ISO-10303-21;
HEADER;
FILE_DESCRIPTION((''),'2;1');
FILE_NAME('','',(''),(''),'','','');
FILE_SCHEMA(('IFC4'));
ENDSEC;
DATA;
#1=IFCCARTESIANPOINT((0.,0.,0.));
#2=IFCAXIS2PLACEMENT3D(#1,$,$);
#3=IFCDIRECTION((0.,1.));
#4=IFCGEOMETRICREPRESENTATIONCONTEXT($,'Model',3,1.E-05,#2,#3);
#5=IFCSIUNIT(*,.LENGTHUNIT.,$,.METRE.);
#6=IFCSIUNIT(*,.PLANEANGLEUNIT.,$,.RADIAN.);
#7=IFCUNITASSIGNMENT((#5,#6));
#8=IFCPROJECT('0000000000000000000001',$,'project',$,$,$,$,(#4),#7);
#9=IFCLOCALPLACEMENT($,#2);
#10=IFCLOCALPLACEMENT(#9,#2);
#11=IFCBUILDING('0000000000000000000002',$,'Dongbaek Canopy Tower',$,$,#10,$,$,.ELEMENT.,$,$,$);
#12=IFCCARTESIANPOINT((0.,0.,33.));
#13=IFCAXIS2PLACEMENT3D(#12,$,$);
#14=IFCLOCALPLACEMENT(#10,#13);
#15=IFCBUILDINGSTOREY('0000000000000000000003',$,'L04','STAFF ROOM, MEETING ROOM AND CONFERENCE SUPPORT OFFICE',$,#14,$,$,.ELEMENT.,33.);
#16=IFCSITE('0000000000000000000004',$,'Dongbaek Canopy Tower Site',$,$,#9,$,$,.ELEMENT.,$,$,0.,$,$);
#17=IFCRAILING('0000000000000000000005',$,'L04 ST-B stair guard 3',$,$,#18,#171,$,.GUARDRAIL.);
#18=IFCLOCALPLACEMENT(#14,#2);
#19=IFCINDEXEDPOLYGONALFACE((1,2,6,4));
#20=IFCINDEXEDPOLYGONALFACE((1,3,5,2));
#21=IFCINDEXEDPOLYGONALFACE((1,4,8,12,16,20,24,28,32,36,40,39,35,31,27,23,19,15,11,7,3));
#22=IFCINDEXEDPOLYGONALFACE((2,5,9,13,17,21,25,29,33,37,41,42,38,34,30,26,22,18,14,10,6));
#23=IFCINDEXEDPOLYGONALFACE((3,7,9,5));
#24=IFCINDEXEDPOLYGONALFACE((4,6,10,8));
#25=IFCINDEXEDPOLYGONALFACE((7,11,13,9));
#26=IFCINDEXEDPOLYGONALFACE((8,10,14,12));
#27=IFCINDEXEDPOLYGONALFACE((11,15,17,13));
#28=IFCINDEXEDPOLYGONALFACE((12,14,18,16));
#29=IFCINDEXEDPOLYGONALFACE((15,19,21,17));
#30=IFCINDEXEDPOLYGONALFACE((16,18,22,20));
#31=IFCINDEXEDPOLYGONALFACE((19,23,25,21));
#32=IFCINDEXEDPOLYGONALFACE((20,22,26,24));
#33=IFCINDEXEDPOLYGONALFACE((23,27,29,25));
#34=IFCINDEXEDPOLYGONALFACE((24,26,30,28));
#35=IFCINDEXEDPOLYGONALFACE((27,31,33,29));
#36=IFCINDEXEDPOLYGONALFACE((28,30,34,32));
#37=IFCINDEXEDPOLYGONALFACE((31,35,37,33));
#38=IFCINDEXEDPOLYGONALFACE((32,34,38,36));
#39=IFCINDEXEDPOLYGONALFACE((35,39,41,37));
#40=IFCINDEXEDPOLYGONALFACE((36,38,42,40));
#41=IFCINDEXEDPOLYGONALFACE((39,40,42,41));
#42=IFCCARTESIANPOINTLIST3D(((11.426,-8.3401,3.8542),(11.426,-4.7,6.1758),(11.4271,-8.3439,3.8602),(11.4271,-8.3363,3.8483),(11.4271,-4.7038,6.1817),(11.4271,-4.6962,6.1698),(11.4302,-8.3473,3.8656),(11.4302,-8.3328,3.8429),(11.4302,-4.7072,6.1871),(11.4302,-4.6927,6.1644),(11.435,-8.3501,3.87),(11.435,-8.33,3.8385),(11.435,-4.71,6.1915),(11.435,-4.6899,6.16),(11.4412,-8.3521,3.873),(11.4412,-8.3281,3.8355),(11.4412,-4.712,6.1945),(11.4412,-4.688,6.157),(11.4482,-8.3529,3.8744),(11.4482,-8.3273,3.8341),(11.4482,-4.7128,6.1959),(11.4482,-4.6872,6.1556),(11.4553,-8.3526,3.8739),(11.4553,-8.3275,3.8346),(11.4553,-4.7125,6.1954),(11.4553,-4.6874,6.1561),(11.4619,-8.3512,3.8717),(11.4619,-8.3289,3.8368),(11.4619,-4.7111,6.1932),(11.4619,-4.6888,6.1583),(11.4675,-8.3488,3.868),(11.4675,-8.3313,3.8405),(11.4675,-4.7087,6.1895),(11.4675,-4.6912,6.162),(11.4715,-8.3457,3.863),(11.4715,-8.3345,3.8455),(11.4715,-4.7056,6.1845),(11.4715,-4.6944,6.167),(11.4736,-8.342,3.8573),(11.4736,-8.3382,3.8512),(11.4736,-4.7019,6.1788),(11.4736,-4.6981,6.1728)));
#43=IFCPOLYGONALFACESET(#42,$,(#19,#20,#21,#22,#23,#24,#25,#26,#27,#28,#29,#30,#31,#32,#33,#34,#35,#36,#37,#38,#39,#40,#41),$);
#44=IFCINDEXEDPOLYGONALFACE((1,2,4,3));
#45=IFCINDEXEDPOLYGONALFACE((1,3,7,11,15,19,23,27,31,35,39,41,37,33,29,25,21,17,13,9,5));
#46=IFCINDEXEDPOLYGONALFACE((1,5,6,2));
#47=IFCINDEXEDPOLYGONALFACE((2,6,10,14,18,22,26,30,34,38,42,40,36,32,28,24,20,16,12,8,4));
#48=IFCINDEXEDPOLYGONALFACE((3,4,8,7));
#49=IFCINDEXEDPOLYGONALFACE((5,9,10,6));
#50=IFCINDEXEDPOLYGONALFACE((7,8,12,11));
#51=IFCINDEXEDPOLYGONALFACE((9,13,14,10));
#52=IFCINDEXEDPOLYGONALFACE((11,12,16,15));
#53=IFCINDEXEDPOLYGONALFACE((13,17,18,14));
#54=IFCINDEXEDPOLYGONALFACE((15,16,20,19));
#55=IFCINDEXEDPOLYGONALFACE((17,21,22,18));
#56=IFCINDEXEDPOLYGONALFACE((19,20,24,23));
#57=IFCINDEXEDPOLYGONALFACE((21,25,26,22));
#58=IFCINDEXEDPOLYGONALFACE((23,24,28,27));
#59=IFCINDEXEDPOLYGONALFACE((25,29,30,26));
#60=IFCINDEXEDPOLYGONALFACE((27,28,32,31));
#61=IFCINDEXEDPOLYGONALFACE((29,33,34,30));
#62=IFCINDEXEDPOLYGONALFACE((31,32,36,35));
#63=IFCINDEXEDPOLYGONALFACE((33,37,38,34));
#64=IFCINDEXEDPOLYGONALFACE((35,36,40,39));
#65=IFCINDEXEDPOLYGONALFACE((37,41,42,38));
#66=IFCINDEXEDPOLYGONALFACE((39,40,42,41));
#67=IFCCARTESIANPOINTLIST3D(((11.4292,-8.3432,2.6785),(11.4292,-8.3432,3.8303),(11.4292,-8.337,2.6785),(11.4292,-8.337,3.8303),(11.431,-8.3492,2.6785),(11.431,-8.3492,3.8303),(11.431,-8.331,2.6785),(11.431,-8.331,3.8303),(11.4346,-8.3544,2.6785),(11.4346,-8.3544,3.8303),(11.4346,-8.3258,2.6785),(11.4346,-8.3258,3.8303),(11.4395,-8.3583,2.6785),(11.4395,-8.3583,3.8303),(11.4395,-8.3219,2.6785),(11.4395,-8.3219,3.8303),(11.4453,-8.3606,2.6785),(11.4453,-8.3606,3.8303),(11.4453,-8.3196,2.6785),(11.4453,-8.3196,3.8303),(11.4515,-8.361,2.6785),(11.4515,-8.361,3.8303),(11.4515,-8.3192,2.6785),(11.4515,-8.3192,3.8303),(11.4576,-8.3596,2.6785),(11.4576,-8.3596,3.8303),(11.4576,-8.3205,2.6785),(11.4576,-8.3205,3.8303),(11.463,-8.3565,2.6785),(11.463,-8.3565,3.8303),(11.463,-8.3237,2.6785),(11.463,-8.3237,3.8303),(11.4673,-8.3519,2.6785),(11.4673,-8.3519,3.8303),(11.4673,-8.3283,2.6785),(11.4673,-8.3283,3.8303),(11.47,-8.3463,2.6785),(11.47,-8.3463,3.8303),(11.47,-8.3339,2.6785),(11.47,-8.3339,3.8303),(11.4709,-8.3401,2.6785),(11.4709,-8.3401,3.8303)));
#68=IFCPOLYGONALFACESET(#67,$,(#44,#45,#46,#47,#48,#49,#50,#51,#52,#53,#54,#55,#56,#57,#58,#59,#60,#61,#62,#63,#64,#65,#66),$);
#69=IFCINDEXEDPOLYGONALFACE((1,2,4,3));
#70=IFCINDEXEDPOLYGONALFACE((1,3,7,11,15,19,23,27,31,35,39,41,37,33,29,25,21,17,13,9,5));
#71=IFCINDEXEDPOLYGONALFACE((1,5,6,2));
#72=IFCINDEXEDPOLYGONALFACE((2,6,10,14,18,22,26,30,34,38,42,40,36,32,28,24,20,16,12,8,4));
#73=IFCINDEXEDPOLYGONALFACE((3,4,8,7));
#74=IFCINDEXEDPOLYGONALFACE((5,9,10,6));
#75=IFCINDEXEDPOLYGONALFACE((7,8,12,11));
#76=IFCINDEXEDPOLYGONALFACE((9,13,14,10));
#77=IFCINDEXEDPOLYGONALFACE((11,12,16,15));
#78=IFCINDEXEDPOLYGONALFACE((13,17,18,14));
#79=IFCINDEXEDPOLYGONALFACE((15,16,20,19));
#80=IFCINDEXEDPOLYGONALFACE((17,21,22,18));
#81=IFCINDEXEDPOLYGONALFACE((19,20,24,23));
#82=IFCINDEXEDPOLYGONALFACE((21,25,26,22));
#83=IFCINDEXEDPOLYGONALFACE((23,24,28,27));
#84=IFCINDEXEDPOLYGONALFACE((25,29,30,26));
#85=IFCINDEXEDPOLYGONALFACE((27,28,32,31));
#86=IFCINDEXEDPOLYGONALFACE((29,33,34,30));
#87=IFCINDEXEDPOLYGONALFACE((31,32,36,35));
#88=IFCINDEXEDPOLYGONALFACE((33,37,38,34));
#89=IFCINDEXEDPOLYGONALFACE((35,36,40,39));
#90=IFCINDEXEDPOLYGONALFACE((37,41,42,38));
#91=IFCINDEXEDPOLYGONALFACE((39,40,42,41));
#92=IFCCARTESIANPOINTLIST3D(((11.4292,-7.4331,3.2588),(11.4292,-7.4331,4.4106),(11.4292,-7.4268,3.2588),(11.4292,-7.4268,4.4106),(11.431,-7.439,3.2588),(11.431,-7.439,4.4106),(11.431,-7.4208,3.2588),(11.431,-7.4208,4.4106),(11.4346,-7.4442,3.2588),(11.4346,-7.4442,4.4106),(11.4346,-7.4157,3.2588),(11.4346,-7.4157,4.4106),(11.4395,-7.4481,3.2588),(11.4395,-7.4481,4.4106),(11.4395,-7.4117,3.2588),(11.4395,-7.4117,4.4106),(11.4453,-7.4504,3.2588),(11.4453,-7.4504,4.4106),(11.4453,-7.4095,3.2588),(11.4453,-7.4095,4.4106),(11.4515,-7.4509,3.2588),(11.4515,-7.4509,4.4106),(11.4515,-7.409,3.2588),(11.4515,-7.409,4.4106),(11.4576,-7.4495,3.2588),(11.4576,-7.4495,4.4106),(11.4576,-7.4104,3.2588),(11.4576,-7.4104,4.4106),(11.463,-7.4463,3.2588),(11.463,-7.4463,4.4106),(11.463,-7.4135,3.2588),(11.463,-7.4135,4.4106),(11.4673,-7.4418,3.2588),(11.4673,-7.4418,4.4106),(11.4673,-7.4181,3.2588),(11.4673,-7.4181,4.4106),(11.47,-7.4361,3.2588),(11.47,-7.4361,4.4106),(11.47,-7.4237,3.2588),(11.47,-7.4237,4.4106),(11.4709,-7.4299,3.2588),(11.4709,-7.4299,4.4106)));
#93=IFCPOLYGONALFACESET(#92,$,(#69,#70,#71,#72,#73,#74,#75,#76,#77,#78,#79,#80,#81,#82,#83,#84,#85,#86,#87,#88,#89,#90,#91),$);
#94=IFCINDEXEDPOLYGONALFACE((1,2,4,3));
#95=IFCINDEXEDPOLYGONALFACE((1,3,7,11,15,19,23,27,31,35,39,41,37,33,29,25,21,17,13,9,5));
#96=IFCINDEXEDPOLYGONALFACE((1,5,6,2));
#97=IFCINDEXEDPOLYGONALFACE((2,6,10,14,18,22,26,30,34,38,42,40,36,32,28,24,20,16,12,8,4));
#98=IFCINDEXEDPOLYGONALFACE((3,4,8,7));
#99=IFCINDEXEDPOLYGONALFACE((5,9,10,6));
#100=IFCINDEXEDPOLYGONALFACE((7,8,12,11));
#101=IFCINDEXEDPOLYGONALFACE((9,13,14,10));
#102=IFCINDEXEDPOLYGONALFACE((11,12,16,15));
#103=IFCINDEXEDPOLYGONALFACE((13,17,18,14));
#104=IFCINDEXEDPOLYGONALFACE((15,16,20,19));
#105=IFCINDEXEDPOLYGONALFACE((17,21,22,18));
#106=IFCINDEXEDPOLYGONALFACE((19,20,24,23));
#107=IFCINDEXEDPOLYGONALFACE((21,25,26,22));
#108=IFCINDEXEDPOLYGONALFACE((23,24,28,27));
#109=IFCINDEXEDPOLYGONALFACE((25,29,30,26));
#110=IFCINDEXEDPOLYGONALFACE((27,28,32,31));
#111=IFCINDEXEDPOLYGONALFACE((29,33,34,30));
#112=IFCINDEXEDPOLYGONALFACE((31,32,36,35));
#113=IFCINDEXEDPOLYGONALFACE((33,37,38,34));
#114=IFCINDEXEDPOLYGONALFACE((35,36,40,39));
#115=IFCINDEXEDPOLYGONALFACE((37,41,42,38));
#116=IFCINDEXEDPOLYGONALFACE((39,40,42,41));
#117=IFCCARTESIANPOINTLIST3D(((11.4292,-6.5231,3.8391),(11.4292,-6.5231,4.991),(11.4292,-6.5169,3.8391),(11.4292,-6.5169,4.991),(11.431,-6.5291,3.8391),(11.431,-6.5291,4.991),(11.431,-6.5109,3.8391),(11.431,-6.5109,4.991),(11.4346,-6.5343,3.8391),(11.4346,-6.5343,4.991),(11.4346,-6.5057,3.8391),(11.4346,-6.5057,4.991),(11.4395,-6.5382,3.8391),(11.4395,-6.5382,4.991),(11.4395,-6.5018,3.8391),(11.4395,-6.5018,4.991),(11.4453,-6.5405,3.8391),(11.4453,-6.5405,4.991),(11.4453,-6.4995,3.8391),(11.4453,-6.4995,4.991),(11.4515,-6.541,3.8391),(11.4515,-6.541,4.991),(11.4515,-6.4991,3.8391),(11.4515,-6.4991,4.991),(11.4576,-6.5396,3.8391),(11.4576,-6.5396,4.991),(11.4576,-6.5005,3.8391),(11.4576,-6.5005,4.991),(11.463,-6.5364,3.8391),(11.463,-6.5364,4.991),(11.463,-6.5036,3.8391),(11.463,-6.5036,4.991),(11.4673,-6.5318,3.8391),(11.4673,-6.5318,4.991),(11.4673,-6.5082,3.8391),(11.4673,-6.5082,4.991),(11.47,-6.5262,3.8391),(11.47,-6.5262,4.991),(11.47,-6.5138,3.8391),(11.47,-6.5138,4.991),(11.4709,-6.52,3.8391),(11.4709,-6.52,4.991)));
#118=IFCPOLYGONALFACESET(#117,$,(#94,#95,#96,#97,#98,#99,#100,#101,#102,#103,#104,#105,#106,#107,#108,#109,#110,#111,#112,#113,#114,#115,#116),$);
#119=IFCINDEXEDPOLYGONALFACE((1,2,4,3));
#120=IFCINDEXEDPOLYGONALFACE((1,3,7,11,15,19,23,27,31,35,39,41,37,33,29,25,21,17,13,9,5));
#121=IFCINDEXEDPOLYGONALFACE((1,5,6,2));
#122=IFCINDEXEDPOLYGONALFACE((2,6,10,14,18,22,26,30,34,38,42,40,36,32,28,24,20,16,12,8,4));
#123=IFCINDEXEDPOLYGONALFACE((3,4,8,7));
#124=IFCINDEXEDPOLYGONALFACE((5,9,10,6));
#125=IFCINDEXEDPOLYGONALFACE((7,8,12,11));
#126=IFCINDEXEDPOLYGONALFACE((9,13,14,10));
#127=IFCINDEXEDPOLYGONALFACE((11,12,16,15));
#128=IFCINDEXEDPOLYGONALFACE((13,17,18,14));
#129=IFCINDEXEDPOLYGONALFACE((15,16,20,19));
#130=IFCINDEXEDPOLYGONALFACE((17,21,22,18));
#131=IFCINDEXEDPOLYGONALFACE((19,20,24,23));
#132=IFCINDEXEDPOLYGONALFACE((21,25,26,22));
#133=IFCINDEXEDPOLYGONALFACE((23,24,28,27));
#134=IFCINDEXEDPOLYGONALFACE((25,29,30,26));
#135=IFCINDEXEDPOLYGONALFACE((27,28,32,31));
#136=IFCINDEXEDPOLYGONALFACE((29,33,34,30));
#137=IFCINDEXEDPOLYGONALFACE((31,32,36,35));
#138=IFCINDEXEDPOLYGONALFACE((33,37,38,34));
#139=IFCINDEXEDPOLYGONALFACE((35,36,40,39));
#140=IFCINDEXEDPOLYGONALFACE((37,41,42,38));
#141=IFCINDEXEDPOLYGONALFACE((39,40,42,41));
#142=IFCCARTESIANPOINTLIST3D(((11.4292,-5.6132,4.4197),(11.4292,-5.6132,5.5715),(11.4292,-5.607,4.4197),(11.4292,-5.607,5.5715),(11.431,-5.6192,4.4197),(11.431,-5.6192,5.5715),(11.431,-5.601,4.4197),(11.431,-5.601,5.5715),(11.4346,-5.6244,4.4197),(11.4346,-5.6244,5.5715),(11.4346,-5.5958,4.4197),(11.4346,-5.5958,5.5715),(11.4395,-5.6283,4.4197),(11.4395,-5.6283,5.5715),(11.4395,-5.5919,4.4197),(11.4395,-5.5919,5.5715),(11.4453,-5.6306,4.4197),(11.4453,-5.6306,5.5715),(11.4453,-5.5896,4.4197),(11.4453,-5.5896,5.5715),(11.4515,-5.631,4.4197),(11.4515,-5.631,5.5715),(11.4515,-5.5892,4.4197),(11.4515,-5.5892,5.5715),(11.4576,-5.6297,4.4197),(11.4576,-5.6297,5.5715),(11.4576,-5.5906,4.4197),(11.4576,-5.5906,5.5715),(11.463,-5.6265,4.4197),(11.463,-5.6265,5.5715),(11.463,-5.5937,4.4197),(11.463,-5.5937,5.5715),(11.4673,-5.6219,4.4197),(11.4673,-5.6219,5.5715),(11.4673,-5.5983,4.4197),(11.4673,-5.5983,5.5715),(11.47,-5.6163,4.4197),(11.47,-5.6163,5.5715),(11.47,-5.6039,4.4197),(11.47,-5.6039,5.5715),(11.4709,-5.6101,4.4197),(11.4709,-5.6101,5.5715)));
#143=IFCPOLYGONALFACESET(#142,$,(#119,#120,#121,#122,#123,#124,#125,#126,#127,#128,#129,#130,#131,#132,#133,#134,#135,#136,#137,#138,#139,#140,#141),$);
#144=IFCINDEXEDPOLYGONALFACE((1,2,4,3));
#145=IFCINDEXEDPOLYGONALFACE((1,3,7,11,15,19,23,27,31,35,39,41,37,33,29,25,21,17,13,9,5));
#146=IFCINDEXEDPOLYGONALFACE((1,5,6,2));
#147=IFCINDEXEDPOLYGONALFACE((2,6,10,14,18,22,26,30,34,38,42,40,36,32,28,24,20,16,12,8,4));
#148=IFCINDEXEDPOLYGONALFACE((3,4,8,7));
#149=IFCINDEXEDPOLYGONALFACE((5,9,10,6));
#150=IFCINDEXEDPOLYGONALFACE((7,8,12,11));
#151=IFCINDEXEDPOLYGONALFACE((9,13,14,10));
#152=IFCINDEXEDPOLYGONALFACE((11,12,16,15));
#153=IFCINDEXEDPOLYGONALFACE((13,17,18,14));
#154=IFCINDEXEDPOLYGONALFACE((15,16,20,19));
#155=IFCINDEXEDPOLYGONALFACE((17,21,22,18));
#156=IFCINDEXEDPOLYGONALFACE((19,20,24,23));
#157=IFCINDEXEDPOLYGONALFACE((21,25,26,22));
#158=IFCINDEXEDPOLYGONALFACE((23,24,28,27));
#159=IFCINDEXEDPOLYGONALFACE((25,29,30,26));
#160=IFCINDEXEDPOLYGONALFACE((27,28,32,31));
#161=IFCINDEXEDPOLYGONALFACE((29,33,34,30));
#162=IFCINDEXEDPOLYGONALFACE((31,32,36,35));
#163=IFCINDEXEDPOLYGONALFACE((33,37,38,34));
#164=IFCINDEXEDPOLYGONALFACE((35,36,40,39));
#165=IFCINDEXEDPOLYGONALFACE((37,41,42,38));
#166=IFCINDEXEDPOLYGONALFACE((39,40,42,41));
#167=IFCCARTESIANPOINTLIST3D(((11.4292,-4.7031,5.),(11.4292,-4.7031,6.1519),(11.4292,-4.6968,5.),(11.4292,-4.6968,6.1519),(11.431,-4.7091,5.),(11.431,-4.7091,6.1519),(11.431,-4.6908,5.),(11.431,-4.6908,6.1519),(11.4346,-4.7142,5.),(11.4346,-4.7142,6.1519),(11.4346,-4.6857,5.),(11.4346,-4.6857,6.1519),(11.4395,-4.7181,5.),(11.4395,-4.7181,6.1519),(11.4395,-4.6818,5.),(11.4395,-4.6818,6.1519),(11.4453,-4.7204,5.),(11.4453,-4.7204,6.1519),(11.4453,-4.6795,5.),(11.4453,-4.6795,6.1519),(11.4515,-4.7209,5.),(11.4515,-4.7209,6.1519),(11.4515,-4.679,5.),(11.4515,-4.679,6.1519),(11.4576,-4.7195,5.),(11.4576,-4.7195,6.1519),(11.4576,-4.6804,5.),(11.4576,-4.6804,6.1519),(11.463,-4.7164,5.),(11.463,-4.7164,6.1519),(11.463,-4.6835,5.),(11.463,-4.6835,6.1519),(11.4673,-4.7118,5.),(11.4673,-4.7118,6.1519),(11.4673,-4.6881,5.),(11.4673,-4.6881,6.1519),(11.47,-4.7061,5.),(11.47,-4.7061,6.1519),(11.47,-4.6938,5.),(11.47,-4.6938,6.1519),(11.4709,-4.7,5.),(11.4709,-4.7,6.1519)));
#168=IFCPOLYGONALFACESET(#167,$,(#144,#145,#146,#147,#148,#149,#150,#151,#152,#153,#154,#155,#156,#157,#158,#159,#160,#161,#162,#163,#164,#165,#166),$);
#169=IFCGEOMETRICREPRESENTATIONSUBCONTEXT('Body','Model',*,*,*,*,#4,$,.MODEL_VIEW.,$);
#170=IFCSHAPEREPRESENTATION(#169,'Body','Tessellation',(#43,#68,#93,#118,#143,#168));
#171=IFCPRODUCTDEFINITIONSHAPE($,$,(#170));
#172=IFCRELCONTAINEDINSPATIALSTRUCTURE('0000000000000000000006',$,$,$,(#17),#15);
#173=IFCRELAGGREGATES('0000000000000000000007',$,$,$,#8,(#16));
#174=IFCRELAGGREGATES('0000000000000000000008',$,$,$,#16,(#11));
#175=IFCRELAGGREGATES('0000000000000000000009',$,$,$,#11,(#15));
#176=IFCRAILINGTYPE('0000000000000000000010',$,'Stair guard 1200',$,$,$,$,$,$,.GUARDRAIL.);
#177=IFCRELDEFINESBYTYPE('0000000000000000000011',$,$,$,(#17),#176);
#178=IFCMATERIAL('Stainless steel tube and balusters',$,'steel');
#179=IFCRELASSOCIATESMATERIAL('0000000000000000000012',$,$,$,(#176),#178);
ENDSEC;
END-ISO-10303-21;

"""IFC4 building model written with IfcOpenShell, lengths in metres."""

from ifc_helpers import new_model, si_unit, direction, frame, origin, origin_2d, place, context, subcontext, project, spatial, circle, extrude, material, type_object, element, save


model = new_model("IFC4")

# Units and contexts
model_context = context("Model", 3, precision=1e-05, world=origin(), true_north=direction((0.0, 1.0)))
body_context = subcontext(model_context, "Body", "Model", "MODEL_VIEW")
ifc_project = project(units=[si_unit("LENGTHUNIT", "METRE"), si_unit("PLANEANGLEUNIT", "RADIAN")], contexts=[model_context])

# Site, building, storey
site_placement = place(None, origin())
site = spatial("IfcSite", under=ifc_project, at=site_placement, Name="Dongbaek Canopy Tower Site", CompositionType="ELEMENT", RefElevation=0.0)
building_placement = place(site_placement, origin())
building = spatial("IfcBuilding", under=site, at=building_placement, Name="Dongbaek Canopy Tower", CompositionType="ELEMENT")
storey_placement = place(building_placement, frame((0.0, 0.0, 33.0)))
storey = spatial("IfcBuildingStorey", under=building, at=storey_placement, Name="L04", Description="STAFF ROOM, MEETING ROOM AND CONFERENCE SUPPORT OFFICE", CompositionType="ELEMENT", Elevation=33.0)

# Railing
ifc_material_1 = material(Name="Stainless steel tube and balusters", Category="steel")
railing_type_1 = type_object("IfcRailingType", Name="Stair guard 1200", PredefinedType="GUARDRAIL", material=ifc_material_1)
railing_1_placement = place(storey_placement, frame((11.45, -8.3401, 2.6785)))
element("IfcRailing", 1, at=railing_1_placement, inside=storey, type_object=railing_type_1, Name="L04 ST-B stair guard 3", PredefinedType="GUARDRAIL", context=body_context, shape_type="SweptSolid", body=[
    extrude(circle(Radius=0.0239, at=origin_2d()), frame((0.0, 0.0, 1.1758), z_axis=(0.0, 0.843128, 0.537713), x_axis=(-1.0, 0.0, 0.0)), (0.0, 0.0, 1.0), 4.3174),
    extrude(circle(Radius=0.021, at=origin_2d()), origin(), (0.0, 0.0, 1.0), 1.1519),
    extrude(circle(Radius=0.021, at=origin_2d()), frame((0.0, 0.9102, 0.5803)), (0.0, 0.0, 1.0), 1.1519),
    extrude(circle(Radius=0.021, at=origin_2d()), frame((0.0, 1.8201, 1.1606)), (0.0, 0.0, 1.0), 1.1519),
    extrude(circle(Radius=0.021, at=origin_2d()), frame((0.0, 2.73, 1.7412)), (0.0, 0.0, 1.0), 1.1519),
    extrude(circle(Radius=0.021, at=origin_2d()), frame((0.0, 3.6401, 2.3215)), (0.0, 0.0, 1.0), 1.1519),
])

save(model, "model.ifc")
